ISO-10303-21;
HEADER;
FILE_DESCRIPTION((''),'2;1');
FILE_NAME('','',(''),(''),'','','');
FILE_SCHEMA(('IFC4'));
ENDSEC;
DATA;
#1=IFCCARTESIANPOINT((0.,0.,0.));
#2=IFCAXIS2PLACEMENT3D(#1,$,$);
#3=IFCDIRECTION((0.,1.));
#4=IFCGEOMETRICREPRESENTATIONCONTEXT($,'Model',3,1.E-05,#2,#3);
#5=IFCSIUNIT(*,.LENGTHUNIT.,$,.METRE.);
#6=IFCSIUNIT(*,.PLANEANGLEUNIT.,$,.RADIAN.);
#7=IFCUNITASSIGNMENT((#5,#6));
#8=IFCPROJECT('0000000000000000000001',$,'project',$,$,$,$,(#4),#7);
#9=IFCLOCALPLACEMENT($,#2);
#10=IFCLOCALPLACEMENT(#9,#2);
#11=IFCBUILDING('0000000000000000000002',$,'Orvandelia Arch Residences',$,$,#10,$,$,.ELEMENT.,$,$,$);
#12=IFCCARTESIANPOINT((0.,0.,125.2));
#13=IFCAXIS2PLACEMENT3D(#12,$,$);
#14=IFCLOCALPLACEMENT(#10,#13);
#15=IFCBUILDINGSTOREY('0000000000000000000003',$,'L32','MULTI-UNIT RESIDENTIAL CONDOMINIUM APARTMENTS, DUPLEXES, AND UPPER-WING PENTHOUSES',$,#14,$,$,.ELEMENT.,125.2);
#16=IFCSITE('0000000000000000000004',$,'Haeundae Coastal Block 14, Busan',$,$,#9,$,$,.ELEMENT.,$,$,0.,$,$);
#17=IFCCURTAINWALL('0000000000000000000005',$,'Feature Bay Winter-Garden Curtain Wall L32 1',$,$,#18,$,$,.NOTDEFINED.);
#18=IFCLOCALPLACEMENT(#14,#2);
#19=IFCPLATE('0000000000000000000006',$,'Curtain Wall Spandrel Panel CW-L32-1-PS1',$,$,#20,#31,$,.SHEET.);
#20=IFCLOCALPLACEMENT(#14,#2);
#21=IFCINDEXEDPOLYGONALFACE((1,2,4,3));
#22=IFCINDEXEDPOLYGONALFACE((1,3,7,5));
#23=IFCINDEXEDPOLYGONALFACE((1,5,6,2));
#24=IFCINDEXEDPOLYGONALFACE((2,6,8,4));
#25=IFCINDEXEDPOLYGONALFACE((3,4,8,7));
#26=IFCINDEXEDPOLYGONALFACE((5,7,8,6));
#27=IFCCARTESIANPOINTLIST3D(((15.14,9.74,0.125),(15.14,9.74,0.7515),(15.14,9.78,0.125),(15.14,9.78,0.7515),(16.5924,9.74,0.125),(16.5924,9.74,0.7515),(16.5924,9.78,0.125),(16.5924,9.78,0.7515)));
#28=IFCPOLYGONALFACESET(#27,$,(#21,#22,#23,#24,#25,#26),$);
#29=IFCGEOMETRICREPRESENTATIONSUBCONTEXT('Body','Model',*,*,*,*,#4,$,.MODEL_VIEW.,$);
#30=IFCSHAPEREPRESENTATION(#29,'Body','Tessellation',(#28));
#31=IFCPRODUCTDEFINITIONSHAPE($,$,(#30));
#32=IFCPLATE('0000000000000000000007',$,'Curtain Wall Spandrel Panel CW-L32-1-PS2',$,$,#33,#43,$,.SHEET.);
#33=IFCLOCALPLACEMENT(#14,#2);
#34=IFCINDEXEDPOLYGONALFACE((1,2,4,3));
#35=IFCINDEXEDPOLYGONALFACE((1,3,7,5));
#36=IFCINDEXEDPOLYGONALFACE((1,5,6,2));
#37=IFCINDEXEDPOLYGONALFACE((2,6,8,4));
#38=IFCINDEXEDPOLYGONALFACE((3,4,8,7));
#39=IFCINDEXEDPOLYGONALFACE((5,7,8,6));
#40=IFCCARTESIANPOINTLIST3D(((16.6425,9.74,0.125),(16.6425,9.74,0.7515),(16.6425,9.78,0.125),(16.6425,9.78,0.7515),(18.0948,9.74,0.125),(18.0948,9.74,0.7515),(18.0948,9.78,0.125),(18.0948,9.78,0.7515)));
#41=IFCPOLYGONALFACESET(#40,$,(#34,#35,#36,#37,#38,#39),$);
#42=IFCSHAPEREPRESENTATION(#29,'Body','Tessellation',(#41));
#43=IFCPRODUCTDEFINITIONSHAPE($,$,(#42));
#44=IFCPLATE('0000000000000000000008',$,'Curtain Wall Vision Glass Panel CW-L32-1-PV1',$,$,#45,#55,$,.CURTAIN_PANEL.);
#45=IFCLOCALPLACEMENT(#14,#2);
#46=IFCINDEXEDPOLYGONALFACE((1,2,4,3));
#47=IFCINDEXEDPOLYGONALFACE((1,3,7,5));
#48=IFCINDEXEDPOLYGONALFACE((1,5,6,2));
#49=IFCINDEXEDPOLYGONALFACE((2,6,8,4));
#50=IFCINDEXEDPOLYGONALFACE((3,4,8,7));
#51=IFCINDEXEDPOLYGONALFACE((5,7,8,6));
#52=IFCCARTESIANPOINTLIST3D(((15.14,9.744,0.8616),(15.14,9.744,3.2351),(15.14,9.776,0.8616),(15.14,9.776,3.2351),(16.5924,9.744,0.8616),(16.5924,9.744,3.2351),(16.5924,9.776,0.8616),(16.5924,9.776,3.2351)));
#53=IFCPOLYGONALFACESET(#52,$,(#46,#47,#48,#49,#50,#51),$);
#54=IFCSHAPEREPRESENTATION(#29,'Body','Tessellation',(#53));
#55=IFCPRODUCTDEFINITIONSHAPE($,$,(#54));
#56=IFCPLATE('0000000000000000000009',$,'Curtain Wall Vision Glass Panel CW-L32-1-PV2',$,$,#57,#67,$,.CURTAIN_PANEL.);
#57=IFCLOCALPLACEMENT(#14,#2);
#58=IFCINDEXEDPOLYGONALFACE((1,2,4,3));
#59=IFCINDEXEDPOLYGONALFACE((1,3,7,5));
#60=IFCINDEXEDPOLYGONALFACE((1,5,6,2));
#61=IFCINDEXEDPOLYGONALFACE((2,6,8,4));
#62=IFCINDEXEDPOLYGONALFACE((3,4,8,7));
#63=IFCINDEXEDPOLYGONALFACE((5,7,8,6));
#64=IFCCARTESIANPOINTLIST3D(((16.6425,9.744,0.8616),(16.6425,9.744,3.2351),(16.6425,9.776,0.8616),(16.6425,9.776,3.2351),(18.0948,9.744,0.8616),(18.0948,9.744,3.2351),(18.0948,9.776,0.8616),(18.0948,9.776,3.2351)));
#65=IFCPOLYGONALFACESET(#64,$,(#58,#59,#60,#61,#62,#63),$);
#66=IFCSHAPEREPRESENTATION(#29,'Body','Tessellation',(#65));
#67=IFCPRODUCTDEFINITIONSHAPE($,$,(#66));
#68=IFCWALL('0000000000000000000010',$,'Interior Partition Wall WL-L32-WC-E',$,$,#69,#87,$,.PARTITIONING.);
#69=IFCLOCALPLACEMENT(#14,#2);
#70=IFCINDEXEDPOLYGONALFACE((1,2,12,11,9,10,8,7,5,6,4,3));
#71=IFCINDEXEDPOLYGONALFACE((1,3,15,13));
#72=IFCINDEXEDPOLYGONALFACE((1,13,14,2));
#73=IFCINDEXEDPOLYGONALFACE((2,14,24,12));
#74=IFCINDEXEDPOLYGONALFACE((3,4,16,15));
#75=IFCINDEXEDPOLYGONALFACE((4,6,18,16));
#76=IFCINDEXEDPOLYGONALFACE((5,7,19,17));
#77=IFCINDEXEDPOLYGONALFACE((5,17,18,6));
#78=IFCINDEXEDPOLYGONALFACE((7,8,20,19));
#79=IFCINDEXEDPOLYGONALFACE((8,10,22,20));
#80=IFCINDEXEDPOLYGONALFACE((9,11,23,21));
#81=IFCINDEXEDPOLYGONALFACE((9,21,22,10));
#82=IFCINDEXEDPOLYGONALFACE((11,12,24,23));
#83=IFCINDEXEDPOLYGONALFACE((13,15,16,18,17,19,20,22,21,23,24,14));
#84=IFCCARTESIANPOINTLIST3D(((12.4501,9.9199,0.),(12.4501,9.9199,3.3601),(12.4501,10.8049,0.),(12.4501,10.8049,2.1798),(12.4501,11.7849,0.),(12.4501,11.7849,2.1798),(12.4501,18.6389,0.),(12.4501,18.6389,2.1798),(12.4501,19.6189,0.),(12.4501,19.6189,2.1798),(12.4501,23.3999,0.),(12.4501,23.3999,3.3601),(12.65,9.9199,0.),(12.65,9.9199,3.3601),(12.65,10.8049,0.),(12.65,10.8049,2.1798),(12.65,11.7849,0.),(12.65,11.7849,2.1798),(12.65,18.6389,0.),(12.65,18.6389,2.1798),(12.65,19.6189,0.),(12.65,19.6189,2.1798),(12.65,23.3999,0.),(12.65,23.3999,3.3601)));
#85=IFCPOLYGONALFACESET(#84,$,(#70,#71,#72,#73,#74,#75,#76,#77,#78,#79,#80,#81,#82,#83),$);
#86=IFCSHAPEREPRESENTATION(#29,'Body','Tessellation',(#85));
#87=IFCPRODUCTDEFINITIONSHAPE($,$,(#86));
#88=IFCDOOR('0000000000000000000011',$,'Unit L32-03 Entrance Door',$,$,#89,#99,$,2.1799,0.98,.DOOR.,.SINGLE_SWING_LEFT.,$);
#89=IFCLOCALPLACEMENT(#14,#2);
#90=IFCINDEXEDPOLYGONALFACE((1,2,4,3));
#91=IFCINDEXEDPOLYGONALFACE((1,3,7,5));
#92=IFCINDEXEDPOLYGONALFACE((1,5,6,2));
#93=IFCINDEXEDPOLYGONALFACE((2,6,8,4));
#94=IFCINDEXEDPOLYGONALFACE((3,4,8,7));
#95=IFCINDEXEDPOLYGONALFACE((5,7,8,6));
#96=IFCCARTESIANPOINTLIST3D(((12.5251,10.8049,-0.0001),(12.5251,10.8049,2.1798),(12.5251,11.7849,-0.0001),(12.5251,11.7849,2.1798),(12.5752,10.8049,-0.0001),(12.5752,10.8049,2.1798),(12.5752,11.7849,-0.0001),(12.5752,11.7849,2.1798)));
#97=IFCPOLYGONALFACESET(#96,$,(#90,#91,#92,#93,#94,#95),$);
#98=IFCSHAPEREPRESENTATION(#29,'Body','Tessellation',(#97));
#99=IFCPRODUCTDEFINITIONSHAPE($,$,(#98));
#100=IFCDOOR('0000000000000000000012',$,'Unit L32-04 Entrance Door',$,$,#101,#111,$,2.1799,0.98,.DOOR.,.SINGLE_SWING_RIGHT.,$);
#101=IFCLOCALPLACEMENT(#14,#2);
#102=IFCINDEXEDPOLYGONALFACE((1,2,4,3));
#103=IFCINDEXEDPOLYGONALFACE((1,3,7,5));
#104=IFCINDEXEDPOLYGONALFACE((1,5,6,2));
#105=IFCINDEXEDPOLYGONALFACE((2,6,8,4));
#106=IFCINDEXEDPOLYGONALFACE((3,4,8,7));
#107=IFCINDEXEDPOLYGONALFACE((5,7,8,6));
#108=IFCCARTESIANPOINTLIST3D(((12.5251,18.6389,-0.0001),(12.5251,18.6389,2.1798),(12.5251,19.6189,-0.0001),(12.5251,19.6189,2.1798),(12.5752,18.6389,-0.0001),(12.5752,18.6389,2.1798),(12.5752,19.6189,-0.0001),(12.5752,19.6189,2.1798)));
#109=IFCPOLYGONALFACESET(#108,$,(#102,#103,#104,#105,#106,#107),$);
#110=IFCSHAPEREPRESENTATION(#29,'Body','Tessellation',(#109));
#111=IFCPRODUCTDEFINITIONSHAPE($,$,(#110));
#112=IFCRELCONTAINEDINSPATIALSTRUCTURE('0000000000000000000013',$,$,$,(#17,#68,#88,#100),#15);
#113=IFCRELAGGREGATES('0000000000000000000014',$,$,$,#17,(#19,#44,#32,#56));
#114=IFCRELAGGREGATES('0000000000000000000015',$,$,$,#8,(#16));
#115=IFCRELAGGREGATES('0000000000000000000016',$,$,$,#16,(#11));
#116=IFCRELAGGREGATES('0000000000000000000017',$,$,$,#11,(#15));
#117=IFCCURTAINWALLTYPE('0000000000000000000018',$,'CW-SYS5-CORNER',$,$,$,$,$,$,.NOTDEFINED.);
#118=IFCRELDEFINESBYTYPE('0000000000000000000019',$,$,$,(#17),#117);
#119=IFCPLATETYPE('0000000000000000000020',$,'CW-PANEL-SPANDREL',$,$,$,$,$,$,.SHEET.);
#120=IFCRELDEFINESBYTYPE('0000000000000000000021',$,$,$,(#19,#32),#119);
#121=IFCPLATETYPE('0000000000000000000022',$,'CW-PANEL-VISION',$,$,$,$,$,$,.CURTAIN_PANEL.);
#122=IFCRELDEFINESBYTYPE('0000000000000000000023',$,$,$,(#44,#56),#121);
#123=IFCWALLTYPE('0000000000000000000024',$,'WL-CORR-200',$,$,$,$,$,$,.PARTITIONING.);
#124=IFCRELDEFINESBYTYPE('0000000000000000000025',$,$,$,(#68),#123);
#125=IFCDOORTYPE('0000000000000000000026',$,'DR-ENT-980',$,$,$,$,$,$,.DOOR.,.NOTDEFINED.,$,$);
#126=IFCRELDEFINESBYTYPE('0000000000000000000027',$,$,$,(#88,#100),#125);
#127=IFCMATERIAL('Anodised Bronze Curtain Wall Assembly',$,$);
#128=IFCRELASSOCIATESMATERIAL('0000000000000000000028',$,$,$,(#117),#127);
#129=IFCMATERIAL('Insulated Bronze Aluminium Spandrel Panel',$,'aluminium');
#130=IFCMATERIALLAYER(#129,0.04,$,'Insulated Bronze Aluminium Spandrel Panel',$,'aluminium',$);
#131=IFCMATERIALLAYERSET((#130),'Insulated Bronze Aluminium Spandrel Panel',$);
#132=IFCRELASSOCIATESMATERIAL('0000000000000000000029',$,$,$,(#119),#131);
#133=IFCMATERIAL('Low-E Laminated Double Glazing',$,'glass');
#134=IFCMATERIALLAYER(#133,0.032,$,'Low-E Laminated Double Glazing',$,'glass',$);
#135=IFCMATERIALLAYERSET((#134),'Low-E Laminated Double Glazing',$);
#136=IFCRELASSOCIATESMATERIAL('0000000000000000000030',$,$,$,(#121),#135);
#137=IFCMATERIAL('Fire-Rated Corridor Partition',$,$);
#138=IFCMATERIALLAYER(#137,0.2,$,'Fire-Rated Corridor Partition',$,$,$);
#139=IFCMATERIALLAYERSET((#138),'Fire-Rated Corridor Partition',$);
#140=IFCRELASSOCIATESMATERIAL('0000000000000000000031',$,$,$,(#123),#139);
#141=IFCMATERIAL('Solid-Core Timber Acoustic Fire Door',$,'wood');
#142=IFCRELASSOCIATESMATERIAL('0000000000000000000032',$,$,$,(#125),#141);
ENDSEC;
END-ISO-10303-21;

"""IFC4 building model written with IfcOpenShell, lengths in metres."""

from ifc_helpers import new_model, si_unit, direction, frame, frame_2d, origin, origin_2d, place, context, subcontext, project, spatial, rectangle, extrude, material, layer, layer_set, type_object, element, fill, aggregate, save


model = new_model("IFC4")

# Units and contexts
model_context = context("Model", 3, precision=1e-05, world=origin(), true_north=direction((0.0, 1.0)))
body_context = subcontext(model_context, "Body", "Model", "MODEL_VIEW")
ifc_project = project(units=[si_unit("LENGTHUNIT", "METRE"), si_unit("PLANEANGLEUNIT", "RADIAN")], contexts=[model_context])

# Site, building, storey
site_placement = place(None, origin())
site = spatial("IfcSite", under=ifc_project, at=site_placement, Name="Haeundae Coastal Block 14, Busan", CompositionType="ELEMENT", RefElevation=0.0)
building_placement = place(site_placement, origin())
building = spatial("IfcBuilding", under=site, at=building_placement, Name="Orvandelia Arch Residences", CompositionType="ELEMENT")
storey_placement = place(building_placement, frame((0.0, 0.0, 125.2)))
storey = spatial("IfcBuildingStorey", under=building, at=storey_placement, Name="L32", Description="MULTI-UNIT RESIDENTIAL CONDOMINIUM APARTMENTS, DUPLEXES, AND UPPER-WING PENTHOUSES", CompositionType="ELEMENT", Elevation=125.2)

# Curtain wall, plates
ifc_material_1 = material(Name="Anodised Bronze Curtain Wall Assembly")
curtain_wall_type = type_object("IfcCurtainWallType", Name="CW-SYS5-CORNER", PredefinedType="NOTDEFINED", material=ifc_material_1)
curtain_wall_placement = place(storey_placement, origin())
curtain_wall = element("IfcCurtainWall", 1, at=curtain_wall_placement, inside=storey, type_object=curtain_wall_type, Name="Feature Bay Winter-Garden Curtain Wall L32 1", PredefinedType="NOTDEFINED")
ifc_material_2 = material(Name="Insulated Bronze Aluminium Spandrel Panel", Category="aluminium")
ifc_layer_1 = layer(ifc_material_2, 0.04, Name="Insulated Bronze Aluminium Spandrel Panel", Category="aluminium")
ifc_layer_set_1 = layer_set([ifc_layer_1], Name="Insulated Bronze Aluminium Spandrel Panel")
plate_type_1 = type_object("IfcPlateType", Name="CW-PANEL-SPANDREL", PredefinedType="SHEET", material=ifc_layer_set_1)
plate_1_placement = place(storey_placement, frame((15.8662, 9.76, 0.125), z_axis=(0.0, 0.0, 1.0), x_axis=(1.0, 0.0, 0.0)))
plate_1 = element("IfcPlate", 2, at=plate_1_placement, type_object=plate_type_1, Name="Curtain Wall Spandrel Panel CW-L32-1-PS1", PredefinedType="SHEET", context=body_context, shape_type="SweptSolid", body=[
    extrude(rectangle(XDim=1.4524, YDim=0.04, at=origin_2d()), origin(), (0.0, 0.0, 1.0), 0.6265),
])
plate_2_placement = place(storey_placement, frame((17.3687, 9.76, 0.125), z_axis=(0.0, 0.0, 1.0), x_axis=(1.0, 0.0, 0.0)))
plate_2 = element("IfcPlate", 3, at=plate_2_placement, type_object=plate_type_1, Name="Curtain Wall Spandrel Panel CW-L32-1-PS2", PredefinedType="SHEET", context=body_context, shape_type="SweptSolid", body=[
    extrude(rectangle(XDim=1.4524, YDim=0.04, at=origin_2d()), origin(), (0.0, 0.0, 1.0), 0.6265),
])
ifc_material_3 = material(Name="Low-E Laminated Double Glazing", Category="glass")
ifc_layer_2 = layer(ifc_material_3, 0.032, Name="Low-E Laminated Double Glazing", Category="glass")
ifc_layer_set_2 = layer_set([ifc_layer_2], Name="Low-E Laminated Double Glazing")
plate_type_2 = type_object("IfcPlateType", Name="CW-PANEL-VISION", PredefinedType="CURTAIN_PANEL", material=ifc_layer_set_2)
plate_3_placement = place(storey_placement, frame((15.8662, 9.76, 0.8616), z_axis=(0.0, 0.0, 1.0), x_axis=(1.0, 0.0, 0.0)))
plate_3 = element("IfcPlate", 4, at=plate_3_placement, type_object=plate_type_2, Name="Curtain Wall Vision Glass Panel CW-L32-1-PV1", PredefinedType="CURTAIN_PANEL", context=body_context, shape_type="SweptSolid", body=[
    extrude(rectangle(XDim=1.4524, YDim=0.032, at=origin_2d()), origin(), (0.0, 0.0, 1.0), 2.3735),
])
plate_4_placement = place(storey_placement, frame((17.3687, 9.76, 0.8616), z_axis=(0.0, 0.0, 1.0), x_axis=(1.0, 0.0, 0.0)))
plate_4 = element("IfcPlate", 5, at=plate_4_placement, type_object=plate_type_2, Name="Curtain Wall Vision Glass Panel CW-L32-1-PV2", PredefinedType="CURTAIN_PANEL", context=body_context, shape_type="SweptSolid", body=[
    extrude(rectangle(XDim=1.4524, YDim=0.032, at=origin_2d()), origin(), (0.0, 0.0, 1.0), 2.3735),
])
aggregate(curtain_wall, [plate_1, plate_3, plate_2, plate_4])

# Wall, openings, doors
ifc_material_4 = material(Name="Fire-Rated Corridor Partition")
ifc_layer_3 = layer(ifc_material_4, 0.2, Name="Fire-Rated Corridor Partition")
ifc_layer_set_3 = layer_set([ifc_layer_3], Name="Fire-Rated Corridor Partition")
wall_type_1 = type_object("IfcWallType", Name="WL-CORR-200", PredefinedType="PARTITIONING", material=ifc_layer_set_3)
wall_1_placement = place(storey_placement, frame((12.55, 9.9199, 0.0), z_axis=(0.0, 0.0, 1.0), x_axis=(0.0, 1.0, 0.0)))
wall_1 = element("IfcWall", 6, at=wall_1_placement, inside=storey, type_object=wall_type_1, Name="Interior Partition Wall WL-L32-WC-E", PredefinedType="PARTITIONING", context=body_context, shape_type="SweptSolid", body=[
    extrude(rectangle(XDim=13.48, YDim=0.2, at=frame_2d((6.74, 0.0))), origin(), (0.0, 0.0, 1.0), 3.3601),
])
opening_1_placement = place(wall_1_placement, frame((0.885, 0.0, 0.0)))
opening_1 = element("IfcOpeningElement", 7, at=opening_1_placement, cuts=wall_1, PredefinedType="OPENING", context=body_context, shape_type="SweptSolid", body=[
    extrude(rectangle(XDim=0.98, YDim=2.1799, at=frame_2d((0.49, 1.0898))), frame((0.0, 0.1099, 0.0), z_axis=(0.0, -1.0, 0.0), x_axis=(1.0, 0.0, 0.0)), (0.0, 0.0, 1.0), 0.22),
])
opening_2_placement = place(wall_1_placement, frame((8.719, 0.0, 0.0)))
opening_2 = element("IfcOpeningElement", 8, at=opening_2_placement, cuts=wall_1, PredefinedType="OPENING", context=body_context, shape_type="SweptSolid", body=[
    extrude(rectangle(XDim=0.98, YDim=2.1799, at=frame_2d((0.49, 1.0898))), frame((0.0, 0.1099, 0.0), z_axis=(0.0, -1.0, 0.0), x_axis=(1.0, 0.0, 0.0)), (0.0, 0.0, 1.0), 0.22),
])
ifc_material_5 = material(Name="Solid-Core Timber Acoustic Fire Door", Category="wood")
door_type = type_object("IfcDoorType", Name="DR-ENT-980", OperationType="NOTDEFINED", PredefinedType="DOOR", material=ifc_material_5)
door_1_placement = place(opening_1_placement, origin())
door_1 = element("IfcDoor", 9, at=door_1_placement, inside=storey, type_object=door_type, Name="Unit L32-03 Entrance Door", OperationType="SINGLE_SWING_LEFT", OverallHeight=2.1799, OverallWidth=0.98, PredefinedType="DOOR", context=body_context, shape_type="SweptSolid", body=[
    extrude(rectangle(XDim=0.98, YDim=2.1799, at=frame_2d((0.49, 1.0898))), frame((0.0, 0.0249, 0.0), z_axis=(0.0, -1.0, 0.0), x_axis=(1.0, 0.0, 0.0)), (0.0, 0.0, 1.0), 0.05),
])
fill(opening_1, door_1)
door_2_placement = place(opening_2_placement, origin())
door_2 = element("IfcDoor", 10, at=door_2_placement, inside=storey, type_object=door_type, Name="Unit L32-04 Entrance Door", OperationType="SINGLE_SWING_RIGHT", OverallHeight=2.1799, OverallWidth=0.98, PredefinedType="DOOR", context=body_context, shape_type="SweptSolid", body=[
    extrude(rectangle(XDim=0.98, YDim=2.1799, at=frame_2d((0.49, 1.0898))), frame((0.0, 0.0249, 0.0), z_axis=(0.0, -1.0, 0.0), x_axis=(1.0, 0.0, 0.0)), (0.0, 0.0, 1.0), 0.05),
])
fill(opening_2, door_2)

save(model, "model.ifc")
